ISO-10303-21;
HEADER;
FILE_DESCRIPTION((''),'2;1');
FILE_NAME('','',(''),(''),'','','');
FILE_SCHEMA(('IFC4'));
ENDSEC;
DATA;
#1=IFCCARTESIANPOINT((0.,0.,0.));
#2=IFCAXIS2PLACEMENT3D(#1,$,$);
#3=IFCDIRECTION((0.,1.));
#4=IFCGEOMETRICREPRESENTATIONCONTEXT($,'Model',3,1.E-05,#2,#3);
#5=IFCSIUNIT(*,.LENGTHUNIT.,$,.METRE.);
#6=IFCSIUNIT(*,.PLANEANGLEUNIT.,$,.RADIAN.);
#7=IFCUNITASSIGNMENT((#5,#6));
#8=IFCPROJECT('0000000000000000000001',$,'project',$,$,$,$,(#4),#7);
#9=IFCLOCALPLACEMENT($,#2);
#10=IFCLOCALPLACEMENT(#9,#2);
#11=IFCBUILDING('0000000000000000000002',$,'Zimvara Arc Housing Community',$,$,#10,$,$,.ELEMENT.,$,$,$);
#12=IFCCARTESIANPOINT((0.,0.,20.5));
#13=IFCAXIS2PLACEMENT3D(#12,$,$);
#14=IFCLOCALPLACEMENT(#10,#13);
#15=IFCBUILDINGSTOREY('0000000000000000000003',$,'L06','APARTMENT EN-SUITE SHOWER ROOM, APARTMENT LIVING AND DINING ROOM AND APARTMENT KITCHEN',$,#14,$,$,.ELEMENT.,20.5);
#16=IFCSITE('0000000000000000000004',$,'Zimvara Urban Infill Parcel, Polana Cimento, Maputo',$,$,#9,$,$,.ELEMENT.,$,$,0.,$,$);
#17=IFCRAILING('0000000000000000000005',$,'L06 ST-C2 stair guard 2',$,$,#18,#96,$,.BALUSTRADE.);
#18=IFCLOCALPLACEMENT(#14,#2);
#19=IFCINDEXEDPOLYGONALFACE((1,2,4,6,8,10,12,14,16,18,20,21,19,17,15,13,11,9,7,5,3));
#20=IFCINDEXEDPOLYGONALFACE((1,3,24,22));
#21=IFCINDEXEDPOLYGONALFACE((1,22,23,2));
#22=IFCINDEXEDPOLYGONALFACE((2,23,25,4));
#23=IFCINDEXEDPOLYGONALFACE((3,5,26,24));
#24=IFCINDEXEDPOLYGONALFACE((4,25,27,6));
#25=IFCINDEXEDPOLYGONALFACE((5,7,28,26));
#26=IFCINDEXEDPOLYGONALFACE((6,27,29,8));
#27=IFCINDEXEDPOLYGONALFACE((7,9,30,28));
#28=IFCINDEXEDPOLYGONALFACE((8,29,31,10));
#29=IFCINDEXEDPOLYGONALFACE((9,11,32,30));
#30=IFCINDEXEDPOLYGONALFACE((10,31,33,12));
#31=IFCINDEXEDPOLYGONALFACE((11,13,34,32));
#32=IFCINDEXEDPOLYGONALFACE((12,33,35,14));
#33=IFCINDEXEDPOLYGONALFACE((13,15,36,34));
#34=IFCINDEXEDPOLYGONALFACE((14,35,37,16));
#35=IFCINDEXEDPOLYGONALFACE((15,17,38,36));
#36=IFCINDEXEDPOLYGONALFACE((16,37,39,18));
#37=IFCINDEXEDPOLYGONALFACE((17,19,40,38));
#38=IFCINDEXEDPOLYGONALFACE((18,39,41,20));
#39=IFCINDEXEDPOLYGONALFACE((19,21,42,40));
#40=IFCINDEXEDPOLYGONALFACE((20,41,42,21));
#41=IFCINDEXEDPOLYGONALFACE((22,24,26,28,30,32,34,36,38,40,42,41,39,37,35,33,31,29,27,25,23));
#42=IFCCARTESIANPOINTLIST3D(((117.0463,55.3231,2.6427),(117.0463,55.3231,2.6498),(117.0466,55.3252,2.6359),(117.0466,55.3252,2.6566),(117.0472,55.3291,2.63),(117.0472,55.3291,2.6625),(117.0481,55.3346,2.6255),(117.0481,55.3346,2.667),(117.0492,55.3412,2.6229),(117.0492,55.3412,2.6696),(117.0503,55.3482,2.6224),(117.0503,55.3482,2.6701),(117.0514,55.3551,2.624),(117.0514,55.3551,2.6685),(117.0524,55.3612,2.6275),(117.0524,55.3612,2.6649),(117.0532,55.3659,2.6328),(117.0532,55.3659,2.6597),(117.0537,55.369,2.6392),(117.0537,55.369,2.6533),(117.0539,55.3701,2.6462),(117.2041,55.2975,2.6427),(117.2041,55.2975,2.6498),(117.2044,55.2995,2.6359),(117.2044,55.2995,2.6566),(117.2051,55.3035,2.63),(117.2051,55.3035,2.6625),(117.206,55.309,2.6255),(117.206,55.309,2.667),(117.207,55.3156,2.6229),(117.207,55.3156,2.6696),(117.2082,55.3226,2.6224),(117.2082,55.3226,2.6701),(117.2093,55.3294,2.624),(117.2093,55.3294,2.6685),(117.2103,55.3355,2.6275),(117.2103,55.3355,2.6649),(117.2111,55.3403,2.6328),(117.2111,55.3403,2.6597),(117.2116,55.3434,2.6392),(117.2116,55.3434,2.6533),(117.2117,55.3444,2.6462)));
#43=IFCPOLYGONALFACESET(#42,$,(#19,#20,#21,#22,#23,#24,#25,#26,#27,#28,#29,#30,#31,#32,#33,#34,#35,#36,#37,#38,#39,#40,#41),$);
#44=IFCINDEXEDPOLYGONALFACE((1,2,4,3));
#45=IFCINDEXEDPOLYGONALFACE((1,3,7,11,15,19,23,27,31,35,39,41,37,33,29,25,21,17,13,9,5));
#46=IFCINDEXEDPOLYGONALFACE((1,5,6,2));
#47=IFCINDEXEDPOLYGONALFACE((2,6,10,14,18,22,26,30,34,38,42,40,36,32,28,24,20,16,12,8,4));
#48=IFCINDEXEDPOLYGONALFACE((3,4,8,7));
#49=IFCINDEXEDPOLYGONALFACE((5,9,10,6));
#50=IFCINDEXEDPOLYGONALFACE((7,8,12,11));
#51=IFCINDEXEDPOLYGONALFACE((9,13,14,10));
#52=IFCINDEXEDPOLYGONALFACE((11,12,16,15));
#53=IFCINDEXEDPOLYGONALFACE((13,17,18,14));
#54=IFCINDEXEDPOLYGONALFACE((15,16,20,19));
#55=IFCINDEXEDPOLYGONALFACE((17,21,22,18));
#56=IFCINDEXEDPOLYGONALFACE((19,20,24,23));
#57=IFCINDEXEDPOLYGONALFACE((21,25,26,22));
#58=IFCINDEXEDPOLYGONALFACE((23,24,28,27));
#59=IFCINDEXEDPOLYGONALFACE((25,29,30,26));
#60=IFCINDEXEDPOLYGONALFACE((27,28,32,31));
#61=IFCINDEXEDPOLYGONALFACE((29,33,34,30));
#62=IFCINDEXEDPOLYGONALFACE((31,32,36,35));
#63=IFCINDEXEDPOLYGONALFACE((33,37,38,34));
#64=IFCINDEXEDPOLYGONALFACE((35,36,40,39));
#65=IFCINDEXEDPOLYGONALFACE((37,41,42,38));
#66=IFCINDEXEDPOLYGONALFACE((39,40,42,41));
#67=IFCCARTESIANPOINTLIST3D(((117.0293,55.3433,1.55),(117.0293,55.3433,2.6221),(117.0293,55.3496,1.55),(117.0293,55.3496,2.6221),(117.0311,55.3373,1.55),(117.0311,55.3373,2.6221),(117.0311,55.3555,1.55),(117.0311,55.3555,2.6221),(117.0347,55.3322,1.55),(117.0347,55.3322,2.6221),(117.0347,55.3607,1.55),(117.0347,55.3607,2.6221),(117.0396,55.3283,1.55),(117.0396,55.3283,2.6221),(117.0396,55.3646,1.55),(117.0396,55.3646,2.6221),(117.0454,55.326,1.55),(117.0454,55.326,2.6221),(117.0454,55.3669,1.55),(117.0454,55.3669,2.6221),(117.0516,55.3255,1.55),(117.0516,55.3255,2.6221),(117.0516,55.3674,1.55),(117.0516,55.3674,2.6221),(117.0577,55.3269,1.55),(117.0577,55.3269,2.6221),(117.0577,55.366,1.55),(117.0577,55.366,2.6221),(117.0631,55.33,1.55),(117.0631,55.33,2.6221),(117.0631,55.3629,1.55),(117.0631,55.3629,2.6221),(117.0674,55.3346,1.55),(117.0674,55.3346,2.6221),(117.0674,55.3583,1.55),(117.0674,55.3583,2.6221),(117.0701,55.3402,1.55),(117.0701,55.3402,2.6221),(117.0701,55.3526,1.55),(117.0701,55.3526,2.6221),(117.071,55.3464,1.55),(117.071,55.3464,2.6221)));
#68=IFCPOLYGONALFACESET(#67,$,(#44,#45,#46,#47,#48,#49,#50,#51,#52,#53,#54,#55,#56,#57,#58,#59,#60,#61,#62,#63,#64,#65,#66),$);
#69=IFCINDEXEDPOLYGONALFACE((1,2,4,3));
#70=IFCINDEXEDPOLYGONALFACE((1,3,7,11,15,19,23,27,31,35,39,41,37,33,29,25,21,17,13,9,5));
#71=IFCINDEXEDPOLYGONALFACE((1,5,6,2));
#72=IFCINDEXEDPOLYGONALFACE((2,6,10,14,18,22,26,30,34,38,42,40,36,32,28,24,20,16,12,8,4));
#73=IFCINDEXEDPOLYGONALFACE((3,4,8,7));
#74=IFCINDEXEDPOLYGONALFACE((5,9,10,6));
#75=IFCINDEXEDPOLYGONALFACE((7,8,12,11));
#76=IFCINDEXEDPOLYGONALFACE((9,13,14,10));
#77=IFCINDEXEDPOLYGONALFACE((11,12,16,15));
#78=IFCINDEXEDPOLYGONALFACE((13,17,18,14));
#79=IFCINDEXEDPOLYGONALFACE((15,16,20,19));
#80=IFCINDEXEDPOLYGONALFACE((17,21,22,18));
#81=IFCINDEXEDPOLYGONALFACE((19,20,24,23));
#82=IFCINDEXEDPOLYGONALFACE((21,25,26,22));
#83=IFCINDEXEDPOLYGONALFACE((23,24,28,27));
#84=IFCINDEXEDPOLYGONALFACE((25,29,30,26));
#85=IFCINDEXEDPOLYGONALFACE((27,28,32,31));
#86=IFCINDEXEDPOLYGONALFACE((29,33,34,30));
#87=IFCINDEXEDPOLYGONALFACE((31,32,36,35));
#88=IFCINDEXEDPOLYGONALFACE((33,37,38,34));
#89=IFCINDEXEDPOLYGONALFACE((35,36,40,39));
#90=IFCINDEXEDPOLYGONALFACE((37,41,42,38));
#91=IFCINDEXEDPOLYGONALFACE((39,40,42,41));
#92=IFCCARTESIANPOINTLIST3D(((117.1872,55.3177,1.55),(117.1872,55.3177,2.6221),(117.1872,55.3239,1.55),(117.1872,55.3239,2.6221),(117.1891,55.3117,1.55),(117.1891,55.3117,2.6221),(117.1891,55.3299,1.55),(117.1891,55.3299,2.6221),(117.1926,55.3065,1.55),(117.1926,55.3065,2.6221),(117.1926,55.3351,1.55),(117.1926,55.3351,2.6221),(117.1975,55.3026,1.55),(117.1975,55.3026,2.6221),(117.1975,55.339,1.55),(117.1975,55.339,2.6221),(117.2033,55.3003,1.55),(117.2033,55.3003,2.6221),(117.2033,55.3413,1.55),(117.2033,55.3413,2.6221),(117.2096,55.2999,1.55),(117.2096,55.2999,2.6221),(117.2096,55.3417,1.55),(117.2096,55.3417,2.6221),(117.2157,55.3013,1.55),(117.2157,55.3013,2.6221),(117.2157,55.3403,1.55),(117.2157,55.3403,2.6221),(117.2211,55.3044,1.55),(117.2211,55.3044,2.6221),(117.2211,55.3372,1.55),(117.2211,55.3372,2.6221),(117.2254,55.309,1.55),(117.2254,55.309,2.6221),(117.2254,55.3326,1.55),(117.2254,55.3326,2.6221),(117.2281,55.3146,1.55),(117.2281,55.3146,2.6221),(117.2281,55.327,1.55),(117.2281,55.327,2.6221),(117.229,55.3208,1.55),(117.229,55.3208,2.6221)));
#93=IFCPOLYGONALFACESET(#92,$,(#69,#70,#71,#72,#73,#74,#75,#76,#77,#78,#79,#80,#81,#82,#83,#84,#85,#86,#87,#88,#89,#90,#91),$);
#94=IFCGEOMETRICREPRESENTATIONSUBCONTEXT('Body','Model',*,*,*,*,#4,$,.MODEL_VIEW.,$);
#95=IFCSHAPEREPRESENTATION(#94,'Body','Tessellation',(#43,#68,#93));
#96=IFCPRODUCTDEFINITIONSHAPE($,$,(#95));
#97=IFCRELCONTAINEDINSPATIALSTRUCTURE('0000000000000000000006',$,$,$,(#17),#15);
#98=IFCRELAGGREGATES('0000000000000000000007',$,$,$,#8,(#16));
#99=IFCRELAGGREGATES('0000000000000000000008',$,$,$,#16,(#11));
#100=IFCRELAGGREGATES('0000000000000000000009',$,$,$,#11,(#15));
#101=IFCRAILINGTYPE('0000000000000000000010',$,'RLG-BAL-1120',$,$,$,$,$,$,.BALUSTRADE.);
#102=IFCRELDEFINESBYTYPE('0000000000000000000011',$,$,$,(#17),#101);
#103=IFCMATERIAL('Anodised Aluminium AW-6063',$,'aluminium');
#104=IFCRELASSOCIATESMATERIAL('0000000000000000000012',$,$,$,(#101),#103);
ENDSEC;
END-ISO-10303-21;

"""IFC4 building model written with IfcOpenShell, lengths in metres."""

from ifc_helpers import new_model, si_unit, direction, frame, origin, origin_2d, place, context, subcontext, project, spatial, circle, extrude, material, type_object, element, save


model = new_model("IFC4")

# Units and contexts
model_context = context("Model", 3, precision=1e-05, world=origin(), true_north=direction((0.0, 1.0)))
body_context = subcontext(model_context, "Body", "Model", "MODEL_VIEW")
ifc_project = project(units=[si_unit("LENGTHUNIT", "METRE"), si_unit("PLANEANGLEUNIT", "RADIAN")], contexts=[model_context])

# Site, building, storey
site_placement = place(None, origin())
site = spatial("IfcSite", under=ifc_project, at=site_placement, Name="Zimvara Urban Infill Parcel, Polana Cimento, Maputo", CompositionType="ELEMENT", RefElevation=0.0)
building_placement = place(site_placement, origin())
building = spatial("IfcBuilding", under=site, at=building_placement, Name="Zimvara Arc Housing Community", CompositionType="ELEMENT")
storey_placement = place(building_placement, frame((0.0, 0.0, 20.5)))
storey = spatial("IfcBuildingStorey", under=building, at=storey_placement, Name="L06", Description="APARTMENT EN-SUITE SHOWER ROOM, APARTMENT LIVING AND DINING ROOM AND APARTMENT KITCHEN", CompositionType="ELEMENT", Elevation=20.5)

# Railing
ifc_material_1 = material(Name="Anodised Aluminium AW-6063", Category="aluminium")
railing_type_1 = type_object("IfcRailingType", Name="RLG-BAL-1120", PredefinedType="BALUSTRADE", material=ifc_material_1)
railing_1_placement = place(storey_placement, frame((117.05, 55.3464, 1.55)))
element("IfcRailing", 1, at=railing_1_placement, inside=storey, type_object=railing_type_1, Name="L06 ST-C2 stair guard 2", PredefinedType="BALUSTRADE", context=body_context, shape_type="SweptSolid", body=[
    extrude(circle(Radius=0.0239, at=origin_2d()), frame((0.0, 0.0, 1.0962), z_axis=(0.987086, -0.160192, 0.0), x_axis=(0.160192, 0.987086, 0.0)), (0.0, 0.0, 1.0), 0.1599),
    extrude(circle(Radius=0.021, at=origin_2d()), origin(), (0.0, 0.0, 1.0), 1.072),
    extrude(circle(Radius=0.021, at=origin_2d()), frame((0.158, -0.0256, 0.0)), (0.0, 0.0, 1.0), 1.072),
])

save(model, "model.ifc")
